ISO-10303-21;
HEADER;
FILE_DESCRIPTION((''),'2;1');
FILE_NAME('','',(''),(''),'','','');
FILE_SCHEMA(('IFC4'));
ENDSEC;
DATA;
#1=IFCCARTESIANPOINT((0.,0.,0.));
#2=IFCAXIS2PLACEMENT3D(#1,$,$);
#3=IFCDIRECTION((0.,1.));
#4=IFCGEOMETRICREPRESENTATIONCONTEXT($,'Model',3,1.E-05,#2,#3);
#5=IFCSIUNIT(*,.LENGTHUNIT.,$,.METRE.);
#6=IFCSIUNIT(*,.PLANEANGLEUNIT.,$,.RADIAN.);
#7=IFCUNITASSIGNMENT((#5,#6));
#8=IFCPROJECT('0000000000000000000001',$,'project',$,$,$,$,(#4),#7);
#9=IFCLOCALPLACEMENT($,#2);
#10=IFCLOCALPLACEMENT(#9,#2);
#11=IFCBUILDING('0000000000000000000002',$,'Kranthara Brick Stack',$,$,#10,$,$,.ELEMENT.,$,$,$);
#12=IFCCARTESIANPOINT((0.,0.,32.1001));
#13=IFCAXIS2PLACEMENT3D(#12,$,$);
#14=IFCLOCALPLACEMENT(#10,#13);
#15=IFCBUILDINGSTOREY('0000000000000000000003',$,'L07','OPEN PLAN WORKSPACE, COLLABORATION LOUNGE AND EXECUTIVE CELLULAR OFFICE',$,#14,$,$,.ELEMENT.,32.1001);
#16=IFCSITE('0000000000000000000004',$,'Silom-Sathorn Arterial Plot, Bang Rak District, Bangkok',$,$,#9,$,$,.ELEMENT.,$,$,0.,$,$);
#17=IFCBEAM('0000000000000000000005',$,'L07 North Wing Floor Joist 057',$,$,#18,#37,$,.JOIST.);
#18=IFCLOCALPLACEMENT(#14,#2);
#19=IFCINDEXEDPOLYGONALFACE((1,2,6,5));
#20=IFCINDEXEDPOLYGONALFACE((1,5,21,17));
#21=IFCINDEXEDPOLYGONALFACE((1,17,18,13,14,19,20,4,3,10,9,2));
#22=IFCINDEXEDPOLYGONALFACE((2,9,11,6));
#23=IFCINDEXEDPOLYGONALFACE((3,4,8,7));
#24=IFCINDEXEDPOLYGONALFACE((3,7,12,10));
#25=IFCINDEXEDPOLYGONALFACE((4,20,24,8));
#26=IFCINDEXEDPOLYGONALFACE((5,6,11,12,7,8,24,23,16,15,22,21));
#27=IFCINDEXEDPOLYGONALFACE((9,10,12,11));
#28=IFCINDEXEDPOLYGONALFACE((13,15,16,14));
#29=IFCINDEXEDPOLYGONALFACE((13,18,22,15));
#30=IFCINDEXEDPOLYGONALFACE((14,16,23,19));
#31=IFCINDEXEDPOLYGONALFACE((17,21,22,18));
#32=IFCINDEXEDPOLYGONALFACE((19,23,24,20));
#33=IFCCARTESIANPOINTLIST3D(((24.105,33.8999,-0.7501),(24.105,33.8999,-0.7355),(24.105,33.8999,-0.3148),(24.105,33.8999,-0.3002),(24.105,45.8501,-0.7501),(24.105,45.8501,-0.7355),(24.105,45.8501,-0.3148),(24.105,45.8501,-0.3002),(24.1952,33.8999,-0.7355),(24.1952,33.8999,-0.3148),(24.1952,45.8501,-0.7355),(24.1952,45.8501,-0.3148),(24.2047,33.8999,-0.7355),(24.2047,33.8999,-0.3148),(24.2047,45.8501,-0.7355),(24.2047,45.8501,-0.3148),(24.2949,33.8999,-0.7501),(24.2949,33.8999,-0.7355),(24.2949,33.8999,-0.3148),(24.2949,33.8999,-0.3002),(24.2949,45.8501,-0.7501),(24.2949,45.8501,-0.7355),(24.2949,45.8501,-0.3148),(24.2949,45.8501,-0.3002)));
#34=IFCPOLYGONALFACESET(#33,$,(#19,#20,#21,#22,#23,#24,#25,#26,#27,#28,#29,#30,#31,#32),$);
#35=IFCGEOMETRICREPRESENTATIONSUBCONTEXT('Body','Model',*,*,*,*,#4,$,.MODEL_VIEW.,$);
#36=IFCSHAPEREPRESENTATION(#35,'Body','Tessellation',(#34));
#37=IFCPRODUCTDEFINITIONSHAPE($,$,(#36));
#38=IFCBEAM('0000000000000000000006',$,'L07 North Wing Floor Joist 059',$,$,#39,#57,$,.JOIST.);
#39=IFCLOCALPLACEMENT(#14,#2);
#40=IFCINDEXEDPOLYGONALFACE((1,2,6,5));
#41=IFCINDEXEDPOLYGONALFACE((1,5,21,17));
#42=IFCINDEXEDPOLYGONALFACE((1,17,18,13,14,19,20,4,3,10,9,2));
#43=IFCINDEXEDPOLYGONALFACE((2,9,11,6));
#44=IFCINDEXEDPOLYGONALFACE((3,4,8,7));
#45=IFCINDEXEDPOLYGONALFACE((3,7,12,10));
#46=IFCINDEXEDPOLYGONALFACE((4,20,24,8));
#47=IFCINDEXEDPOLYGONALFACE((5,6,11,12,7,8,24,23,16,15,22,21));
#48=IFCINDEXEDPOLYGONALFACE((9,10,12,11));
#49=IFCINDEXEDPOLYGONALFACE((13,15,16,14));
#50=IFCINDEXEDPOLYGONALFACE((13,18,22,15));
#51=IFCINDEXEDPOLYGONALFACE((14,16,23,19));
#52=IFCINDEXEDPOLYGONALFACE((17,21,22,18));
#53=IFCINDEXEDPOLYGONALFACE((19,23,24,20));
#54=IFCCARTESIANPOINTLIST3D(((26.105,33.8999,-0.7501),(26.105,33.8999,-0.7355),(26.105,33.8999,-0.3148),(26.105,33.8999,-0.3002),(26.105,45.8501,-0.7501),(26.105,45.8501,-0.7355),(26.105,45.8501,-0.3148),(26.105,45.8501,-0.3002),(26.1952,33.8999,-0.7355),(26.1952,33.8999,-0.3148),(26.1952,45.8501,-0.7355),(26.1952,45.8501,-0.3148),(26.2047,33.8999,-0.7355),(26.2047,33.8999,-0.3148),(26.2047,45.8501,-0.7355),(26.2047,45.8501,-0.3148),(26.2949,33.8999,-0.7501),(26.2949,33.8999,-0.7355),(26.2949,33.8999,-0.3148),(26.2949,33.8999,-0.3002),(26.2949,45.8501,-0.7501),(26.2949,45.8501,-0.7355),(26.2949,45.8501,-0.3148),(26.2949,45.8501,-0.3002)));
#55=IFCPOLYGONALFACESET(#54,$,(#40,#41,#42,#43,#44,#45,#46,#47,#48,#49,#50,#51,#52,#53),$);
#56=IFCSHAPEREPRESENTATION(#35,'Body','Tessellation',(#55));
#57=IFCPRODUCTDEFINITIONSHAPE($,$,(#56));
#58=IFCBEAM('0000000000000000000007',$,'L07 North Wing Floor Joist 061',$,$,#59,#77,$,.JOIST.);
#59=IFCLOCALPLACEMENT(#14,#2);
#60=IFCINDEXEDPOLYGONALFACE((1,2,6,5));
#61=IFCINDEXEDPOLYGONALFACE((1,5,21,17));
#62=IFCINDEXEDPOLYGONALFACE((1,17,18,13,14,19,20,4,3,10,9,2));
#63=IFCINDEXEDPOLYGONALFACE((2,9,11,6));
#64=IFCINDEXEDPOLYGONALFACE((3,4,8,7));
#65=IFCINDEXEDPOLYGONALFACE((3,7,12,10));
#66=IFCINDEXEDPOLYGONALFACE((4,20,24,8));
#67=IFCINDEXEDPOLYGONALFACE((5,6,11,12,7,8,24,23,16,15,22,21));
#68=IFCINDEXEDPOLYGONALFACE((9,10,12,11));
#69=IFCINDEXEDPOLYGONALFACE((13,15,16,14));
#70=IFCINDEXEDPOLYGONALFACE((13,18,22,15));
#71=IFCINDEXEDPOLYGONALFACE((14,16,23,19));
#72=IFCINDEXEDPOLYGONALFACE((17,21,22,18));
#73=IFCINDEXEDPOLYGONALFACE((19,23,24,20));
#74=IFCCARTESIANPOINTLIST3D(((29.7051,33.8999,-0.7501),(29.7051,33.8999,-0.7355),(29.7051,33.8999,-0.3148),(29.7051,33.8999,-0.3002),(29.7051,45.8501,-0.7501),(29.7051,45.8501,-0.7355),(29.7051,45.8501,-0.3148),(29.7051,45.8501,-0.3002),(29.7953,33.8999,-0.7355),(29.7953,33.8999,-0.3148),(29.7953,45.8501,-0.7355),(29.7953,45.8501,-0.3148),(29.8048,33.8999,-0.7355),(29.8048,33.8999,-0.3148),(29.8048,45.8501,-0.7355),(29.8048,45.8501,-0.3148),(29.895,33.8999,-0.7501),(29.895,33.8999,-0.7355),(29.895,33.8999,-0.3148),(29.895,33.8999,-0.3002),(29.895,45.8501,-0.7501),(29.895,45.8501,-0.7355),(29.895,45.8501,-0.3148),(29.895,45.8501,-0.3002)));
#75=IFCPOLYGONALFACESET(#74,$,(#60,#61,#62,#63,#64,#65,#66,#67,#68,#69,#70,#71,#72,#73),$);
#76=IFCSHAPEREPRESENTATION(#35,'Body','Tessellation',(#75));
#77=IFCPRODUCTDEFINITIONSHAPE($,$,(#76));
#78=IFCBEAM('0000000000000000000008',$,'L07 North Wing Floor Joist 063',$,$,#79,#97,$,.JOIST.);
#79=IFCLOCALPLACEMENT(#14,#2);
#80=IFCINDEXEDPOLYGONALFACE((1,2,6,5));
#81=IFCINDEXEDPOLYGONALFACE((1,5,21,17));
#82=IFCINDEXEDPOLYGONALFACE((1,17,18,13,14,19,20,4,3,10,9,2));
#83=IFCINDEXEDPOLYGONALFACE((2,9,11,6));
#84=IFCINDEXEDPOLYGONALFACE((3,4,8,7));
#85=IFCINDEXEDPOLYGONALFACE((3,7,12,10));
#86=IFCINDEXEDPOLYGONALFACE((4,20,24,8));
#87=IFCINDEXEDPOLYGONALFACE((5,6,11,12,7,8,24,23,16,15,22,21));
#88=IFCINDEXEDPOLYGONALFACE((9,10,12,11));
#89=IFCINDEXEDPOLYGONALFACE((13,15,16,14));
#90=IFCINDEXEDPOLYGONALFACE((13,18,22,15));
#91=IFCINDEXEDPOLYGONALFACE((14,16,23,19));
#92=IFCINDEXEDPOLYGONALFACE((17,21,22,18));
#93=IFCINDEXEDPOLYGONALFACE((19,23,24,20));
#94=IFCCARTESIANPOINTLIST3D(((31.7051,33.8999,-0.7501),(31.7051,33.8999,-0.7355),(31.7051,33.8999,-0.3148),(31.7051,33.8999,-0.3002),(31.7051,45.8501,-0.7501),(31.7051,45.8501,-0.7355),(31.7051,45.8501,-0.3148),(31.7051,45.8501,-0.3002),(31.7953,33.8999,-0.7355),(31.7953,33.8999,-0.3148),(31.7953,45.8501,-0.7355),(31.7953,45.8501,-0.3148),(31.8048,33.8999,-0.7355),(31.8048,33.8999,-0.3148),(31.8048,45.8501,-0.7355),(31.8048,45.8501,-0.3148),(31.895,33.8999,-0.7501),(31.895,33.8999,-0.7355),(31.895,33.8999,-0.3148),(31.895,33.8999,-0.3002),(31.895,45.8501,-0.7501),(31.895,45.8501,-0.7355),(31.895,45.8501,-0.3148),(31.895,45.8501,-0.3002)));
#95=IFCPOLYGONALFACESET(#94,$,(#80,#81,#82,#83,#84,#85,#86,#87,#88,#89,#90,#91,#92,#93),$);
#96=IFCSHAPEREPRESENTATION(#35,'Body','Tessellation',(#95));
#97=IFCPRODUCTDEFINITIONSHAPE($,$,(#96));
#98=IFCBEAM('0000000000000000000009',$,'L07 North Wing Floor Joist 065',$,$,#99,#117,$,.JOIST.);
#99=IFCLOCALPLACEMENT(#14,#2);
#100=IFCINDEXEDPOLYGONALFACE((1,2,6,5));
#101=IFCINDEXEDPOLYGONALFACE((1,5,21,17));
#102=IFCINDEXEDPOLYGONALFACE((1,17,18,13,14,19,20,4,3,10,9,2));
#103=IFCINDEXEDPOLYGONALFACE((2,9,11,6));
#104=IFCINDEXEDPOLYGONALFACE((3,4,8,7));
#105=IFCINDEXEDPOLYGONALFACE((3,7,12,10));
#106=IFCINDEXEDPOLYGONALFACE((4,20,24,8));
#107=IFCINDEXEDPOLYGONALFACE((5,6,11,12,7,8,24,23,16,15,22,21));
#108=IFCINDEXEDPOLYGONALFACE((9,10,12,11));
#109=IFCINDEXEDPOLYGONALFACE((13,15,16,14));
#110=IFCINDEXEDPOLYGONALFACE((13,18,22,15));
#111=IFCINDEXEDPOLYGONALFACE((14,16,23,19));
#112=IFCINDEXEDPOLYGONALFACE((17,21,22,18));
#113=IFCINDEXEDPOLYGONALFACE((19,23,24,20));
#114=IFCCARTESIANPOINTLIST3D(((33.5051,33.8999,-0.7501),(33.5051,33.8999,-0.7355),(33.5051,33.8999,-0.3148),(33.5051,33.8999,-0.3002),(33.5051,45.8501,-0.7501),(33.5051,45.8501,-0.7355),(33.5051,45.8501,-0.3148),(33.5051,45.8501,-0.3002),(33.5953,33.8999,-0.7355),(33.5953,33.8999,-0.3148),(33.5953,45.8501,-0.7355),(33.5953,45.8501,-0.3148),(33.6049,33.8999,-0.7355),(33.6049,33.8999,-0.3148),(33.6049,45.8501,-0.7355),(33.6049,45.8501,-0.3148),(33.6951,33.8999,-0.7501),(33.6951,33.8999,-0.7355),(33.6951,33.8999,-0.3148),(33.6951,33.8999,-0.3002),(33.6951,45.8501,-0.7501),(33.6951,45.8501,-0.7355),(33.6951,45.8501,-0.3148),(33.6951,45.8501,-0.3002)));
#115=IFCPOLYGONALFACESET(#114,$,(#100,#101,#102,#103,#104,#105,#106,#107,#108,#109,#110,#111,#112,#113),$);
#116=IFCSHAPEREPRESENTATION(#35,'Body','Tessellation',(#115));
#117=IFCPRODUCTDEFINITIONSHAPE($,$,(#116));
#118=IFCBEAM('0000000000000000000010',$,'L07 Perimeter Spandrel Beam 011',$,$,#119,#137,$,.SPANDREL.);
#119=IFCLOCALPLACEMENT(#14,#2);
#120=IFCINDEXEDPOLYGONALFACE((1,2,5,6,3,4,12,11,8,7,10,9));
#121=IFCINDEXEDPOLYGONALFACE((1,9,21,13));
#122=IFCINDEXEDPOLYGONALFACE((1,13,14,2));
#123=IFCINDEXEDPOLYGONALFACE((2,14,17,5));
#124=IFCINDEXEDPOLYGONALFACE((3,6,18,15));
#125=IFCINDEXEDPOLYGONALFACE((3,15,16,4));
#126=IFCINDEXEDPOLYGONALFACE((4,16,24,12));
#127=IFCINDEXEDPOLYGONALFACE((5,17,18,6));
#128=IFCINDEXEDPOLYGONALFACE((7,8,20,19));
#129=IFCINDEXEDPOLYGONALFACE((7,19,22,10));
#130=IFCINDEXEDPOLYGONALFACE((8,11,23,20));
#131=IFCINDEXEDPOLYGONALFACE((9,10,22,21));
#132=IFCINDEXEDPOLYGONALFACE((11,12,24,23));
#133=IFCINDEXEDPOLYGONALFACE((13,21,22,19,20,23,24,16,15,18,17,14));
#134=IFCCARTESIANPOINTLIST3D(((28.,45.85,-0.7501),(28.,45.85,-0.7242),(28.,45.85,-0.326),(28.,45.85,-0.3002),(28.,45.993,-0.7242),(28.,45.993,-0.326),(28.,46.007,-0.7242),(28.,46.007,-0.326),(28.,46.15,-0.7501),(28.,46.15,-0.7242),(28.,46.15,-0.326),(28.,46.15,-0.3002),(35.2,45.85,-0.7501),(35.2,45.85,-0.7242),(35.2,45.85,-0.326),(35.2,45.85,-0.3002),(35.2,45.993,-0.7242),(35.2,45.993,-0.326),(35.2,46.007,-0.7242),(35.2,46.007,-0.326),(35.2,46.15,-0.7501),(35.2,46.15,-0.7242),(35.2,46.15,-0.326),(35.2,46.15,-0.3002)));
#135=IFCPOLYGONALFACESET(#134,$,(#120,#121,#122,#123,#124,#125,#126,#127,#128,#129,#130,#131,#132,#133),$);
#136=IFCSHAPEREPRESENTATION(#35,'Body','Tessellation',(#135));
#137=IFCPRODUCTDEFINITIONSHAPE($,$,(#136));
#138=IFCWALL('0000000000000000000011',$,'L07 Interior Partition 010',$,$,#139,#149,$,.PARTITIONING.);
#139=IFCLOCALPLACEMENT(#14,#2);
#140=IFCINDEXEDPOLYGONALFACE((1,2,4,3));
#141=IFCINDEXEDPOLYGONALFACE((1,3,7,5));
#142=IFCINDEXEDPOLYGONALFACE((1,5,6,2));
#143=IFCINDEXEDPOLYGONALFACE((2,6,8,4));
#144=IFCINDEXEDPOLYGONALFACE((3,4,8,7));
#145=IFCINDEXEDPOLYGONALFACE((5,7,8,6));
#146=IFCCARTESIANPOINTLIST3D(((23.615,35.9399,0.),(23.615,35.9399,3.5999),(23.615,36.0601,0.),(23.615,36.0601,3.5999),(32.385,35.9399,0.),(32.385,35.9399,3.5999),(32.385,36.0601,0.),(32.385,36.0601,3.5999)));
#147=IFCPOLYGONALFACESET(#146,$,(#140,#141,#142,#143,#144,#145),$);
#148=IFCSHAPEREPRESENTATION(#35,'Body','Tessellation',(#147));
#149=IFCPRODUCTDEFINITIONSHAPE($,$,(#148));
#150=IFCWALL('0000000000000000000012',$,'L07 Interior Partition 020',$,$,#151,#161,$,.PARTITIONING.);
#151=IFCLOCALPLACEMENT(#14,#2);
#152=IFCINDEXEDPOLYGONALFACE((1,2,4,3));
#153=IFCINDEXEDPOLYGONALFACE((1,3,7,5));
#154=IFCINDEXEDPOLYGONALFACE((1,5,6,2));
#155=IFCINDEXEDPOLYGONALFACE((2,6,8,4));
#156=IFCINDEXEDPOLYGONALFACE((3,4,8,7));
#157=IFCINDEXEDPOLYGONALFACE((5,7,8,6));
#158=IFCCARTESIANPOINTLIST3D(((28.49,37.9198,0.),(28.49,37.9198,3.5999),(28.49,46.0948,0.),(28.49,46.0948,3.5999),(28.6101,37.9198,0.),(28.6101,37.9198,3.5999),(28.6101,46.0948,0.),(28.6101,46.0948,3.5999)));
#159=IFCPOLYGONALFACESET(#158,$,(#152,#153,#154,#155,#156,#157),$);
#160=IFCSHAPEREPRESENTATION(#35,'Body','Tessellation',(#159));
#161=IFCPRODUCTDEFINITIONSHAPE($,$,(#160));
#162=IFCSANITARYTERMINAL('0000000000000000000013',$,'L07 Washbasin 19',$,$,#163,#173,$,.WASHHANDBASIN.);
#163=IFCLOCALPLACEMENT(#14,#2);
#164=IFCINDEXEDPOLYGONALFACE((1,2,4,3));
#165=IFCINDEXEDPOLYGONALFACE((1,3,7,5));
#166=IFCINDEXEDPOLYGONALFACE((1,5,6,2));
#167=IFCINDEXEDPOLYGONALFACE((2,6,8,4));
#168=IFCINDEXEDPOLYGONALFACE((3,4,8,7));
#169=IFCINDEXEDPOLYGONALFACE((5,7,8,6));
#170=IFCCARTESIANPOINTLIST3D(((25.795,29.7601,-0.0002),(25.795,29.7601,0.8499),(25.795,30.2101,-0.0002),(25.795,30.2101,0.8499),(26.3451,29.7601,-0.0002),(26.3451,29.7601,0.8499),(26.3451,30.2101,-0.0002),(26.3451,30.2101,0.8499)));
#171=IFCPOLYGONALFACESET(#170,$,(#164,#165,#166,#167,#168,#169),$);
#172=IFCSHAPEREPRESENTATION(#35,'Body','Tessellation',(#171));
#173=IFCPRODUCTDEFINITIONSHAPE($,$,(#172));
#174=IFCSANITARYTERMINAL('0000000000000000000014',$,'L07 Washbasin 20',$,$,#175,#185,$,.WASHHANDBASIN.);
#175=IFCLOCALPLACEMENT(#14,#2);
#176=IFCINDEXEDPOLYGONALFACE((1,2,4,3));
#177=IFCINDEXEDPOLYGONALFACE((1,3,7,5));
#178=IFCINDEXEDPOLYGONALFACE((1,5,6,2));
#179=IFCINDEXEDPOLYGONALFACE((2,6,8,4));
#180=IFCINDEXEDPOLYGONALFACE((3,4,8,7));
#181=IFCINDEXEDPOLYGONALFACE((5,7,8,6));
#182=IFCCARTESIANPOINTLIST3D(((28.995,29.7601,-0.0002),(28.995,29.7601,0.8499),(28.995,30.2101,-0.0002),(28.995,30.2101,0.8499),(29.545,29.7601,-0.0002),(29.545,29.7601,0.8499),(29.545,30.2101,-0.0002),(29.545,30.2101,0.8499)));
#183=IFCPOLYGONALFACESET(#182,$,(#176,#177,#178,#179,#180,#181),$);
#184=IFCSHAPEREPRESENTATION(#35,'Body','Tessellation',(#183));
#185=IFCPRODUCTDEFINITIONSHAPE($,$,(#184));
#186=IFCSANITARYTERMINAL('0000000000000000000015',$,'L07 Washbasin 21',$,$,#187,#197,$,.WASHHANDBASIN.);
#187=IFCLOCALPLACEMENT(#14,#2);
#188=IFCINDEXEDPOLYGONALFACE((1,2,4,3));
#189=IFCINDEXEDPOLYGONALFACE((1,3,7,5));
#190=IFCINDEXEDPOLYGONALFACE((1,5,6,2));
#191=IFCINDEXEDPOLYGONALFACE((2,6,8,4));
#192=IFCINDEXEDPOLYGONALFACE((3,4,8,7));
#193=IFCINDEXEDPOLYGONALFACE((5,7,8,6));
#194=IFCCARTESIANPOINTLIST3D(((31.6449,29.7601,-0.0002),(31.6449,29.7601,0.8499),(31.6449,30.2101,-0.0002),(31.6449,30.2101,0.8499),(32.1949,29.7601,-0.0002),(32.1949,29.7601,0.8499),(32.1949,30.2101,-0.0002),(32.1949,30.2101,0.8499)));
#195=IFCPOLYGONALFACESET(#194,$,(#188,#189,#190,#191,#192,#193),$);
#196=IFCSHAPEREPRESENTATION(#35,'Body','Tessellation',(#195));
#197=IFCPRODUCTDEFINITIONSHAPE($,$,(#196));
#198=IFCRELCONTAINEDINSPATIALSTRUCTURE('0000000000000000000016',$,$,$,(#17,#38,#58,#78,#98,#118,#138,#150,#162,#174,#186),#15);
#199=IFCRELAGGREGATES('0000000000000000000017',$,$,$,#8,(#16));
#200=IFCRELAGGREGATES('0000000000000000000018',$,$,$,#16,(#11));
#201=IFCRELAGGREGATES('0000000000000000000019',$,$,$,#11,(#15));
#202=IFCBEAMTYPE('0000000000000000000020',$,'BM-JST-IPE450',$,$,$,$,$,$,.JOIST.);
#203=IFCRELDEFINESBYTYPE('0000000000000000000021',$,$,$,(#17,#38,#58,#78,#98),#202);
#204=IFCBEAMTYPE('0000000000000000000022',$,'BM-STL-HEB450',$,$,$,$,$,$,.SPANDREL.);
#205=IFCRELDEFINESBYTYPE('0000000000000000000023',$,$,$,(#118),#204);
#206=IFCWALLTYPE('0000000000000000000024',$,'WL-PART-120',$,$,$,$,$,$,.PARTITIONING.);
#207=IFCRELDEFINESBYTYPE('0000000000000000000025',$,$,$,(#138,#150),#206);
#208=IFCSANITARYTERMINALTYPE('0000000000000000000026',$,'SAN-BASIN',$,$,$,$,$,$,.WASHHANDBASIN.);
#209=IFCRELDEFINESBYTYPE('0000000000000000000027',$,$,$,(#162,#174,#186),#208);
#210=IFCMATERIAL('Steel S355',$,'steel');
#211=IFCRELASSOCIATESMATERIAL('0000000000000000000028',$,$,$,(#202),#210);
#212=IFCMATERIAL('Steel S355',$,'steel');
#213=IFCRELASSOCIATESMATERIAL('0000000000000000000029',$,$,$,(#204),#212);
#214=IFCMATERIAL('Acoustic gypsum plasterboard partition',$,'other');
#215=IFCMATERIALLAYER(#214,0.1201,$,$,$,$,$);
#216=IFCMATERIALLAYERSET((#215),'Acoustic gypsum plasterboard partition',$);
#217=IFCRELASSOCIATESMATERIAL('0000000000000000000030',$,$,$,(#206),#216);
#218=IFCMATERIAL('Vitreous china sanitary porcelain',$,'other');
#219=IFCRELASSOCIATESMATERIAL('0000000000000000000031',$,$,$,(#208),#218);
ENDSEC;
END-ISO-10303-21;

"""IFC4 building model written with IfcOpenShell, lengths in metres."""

from ifc_helpers import new_model, si_unit, direction, frame, frame_2d, origin, origin_2d, place, context, subcontext, project, spatial, rectangle, i_section, extrude, material, layer, layer_set, material_profile, profile_set, type_object, element, save


model = new_model("IFC4")

# Units and contexts
model_context = context("Model", 3, precision=1e-05, world=origin(), true_north=direction((0.0, 1.0)))
body_context = subcontext(model_context, "Body", "Model", "MODEL_VIEW")
ifc_project = project(units=[si_unit("LENGTHUNIT", "METRE"), si_unit("PLANEANGLEUNIT", "RADIAN")], contexts=[model_context])

# Site, building, storey
site_placement = place(None, origin())
site = spatial("IfcSite", under=ifc_project, at=site_placement, Name="Silom-Sathorn Arterial Plot, Bang Rak District, Bangkok", CompositionType="ELEMENT", RefElevation=0.0)
building_placement = place(site_placement, origin())
building = spatial("IfcBuilding", under=site, at=building_placement, Name="Kranthara Brick Stack", CompositionType="ELEMENT")
storey_placement = place(building_placement, frame((0.0, 0.0, 32.1001)))
storey = spatial("IfcBuildingStorey", under=building, at=storey_placement, Name="L07", Description="OPEN PLAN WORKSPACE, COLLABORATION LOUNGE AND EXECUTIVE CELLULAR OFFICE", CompositionType="ELEMENT", Elevation=32.1001)

# Beams
ifc_material_1 = material(Name="Steel S355", Category="steel")
ifc_material_profile_1 = material_profile(ifc_material_1, i_section(OverallWidth=0.1899, OverallDepth=0.45, WebThickness=0.0095, FlangeThickness=0.0146, at=origin_2d()), Name="IPE 450")
ifc_profile_set_1 = profile_set([ifc_material_profile_1], Name="Steel S355")
beam_type_1 = type_object("IfcBeamType", Name="BM-JST-IPE450", PredefinedType="JOIST", material=ifc_profile_set_1)
for number, where, z_axis, x_axis, name in (
    (1, (24.2, 33.8999, -0.5251), (0.0, 1.0, 0.0), (-1.0, 0.0, 0.0), "L07 North Wing Floor Joist 057"),
    (2, (26.2, 33.8999, -0.5251), (0.0, 1.0, 0.0), (-1.0, 0.0, 0.0), "L07 North Wing Floor Joist 059"),
    (3, (29.8, 33.8999, -0.5251), (0.0, 1.0, 0.0), (-1.0, 0.0, 0.0), "L07 North Wing Floor Joist 061"),
    (4, (31.8, 33.8999, -0.5251), (0.0, 1.0, 0.0), (-1.0, 0.0, 0.0), "L07 North Wing Floor Joist 063"),
    (5, (33.6001, 33.8999, -0.5251), (0.0, 1.0, 0.0), (-1.0, 0.0, 0.0), "L07 North Wing Floor Joist 065"),
):
    element("IfcBeam", number, at=place(storey_placement, frame(where, z_axis=z_axis, x_axis=x_axis)), inside=storey, type_object=beam_type_1, Name=name, PredefinedType="JOIST", context=body_context, shape_type="SweptSolid", body=[
        extrude(i_section(OverallWidth=0.1899, OverallDepth=0.45, WebThickness=0.0095, FlangeThickness=0.0146, at=origin_2d()), origin(), (0.0, 0.0, 1.0), 11.9502),
    ])
ifc_material_2 = material(Name="Steel S355", Category="steel")
ifc_material_profile_2 = material_profile(ifc_material_2, i_section(OverallWidth=0.3, OverallDepth=0.45, WebThickness=0.0139, FlangeThickness=0.0259, at=origin_2d()), Name="HEB 450")
ifc_profile_set_2 = profile_set([ifc_material_profile_2], Name="Steel S355")
beam_type_2 = type_object("IfcBeamType", Name="BM-STL-HEB450", PredefinedType="SPANDREL", material=ifc_profile_set_2)
beam_1_placement = place(storey_placement, frame((28.0, 46.0, -0.5251), z_axis=(1.0, 0.0, 0.0), x_axis=(0.0, 1.0, 0.0)))
element("IfcBeam", 6, at=beam_1_placement, inside=storey, type_object=beam_type_2, Name="L07 Perimeter Spandrel Beam 011", PredefinedType="SPANDREL", context=body_context, shape_type="SweptSolid", body=[
    extrude(i_section(OverallWidth=0.3, OverallDepth=0.45, WebThickness=0.0139, FlangeThickness=0.0259, at=origin_2d()), origin(), (0.0, 0.0, 1.0), 7.2),
])

# Walls
ifc_material_3 = material(Name="Acoustic gypsum plasterboard partition", Category="other")
ifc_layer = layer(ifc_material_3, 0.1201)
ifc_layer_set = layer_set([ifc_layer], Name="Acoustic gypsum plasterboard partition")
wall_type = type_object("IfcWallType", Name="WL-PART-120", PredefinedType="PARTITIONING", material=ifc_layer_set)
wall_1_placement = place(storey_placement, frame((23.615, 36.0, 0.0), z_axis=(0.0, 0.0, 1.0), x_axis=(1.0, 0.0, 0.0)))
element("IfcWall", 7, at=wall_1_placement, inside=storey, type_object=wall_type, Name="L07 Interior Partition 010", PredefinedType="PARTITIONING", context=body_context, shape_type="SweptSolid", body=[
    extrude(rectangle(XDim=8.77, YDim=0.1201, at=frame_2d((4.385, 0.0))), origin(), (0.0, 0.0, 1.0), 3.5999),
])
wall_2_placement = place(storey_placement, frame((28.55, 37.9199, 0.0), z_axis=(0.0, 0.0, 1.0), x_axis=(0.0, 1.0, 0.0)))
element("IfcWall", 8, at=wall_2_placement, inside=storey, type_object=wall_type, Name="L07 Interior Partition 020", PredefinedType="PARTITIONING", context=body_context, shape_type="SweptSolid", body=[
    extrude(rectangle(XDim=8.175, YDim=0.1201, at=frame_2d((4.0874, 0.0))), origin(), (0.0, 0.0, 1.0), 3.5999),
])

# Sanitary terminals
ifc_material_4 = material(Name="Vitreous china sanitary porcelain", Category="other")
sanitary_terminal_type_1 = type_object("IfcSanitaryTerminalType", Name="SAN-BASIN", PredefinedType="WASHHANDBASIN", material=ifc_material_4)
for number, where, z_axis, x_axis, name in (
    (9, (26.0701, 29.9851, -0.0002), (0.0, 0.0, 1.0), (1.0, 0.0, 0.0), "L07 Washbasin 19"),
    (10, (29.27, 29.9851, -0.0002), (0.0, 0.0, 1.0), (1.0, 0.0, 0.0), "L07 Washbasin 20"),
    (11, (31.9199, 29.9851, -0.0002), (0.0, 0.0, 1.0), (1.0, 0.0, 0.0), "L07 Washbasin 21"),
):
    element("IfcSanitaryTerminal", number, at=place(storey_placement, frame(where, z_axis=z_axis, x_axis=x_axis)), inside=storey, type_object=sanitary_terminal_type_1, Name=name, PredefinedType="WASHHANDBASIN", context=body_context, shape_type="SweptSolid", body=[
        extrude(rectangle(XDim=0.55, YDim=0.45, at=origin_2d()), origin(), (0.0, 0.0, 1.0), 0.8501),
    ])

save(model, "model.ifc")
